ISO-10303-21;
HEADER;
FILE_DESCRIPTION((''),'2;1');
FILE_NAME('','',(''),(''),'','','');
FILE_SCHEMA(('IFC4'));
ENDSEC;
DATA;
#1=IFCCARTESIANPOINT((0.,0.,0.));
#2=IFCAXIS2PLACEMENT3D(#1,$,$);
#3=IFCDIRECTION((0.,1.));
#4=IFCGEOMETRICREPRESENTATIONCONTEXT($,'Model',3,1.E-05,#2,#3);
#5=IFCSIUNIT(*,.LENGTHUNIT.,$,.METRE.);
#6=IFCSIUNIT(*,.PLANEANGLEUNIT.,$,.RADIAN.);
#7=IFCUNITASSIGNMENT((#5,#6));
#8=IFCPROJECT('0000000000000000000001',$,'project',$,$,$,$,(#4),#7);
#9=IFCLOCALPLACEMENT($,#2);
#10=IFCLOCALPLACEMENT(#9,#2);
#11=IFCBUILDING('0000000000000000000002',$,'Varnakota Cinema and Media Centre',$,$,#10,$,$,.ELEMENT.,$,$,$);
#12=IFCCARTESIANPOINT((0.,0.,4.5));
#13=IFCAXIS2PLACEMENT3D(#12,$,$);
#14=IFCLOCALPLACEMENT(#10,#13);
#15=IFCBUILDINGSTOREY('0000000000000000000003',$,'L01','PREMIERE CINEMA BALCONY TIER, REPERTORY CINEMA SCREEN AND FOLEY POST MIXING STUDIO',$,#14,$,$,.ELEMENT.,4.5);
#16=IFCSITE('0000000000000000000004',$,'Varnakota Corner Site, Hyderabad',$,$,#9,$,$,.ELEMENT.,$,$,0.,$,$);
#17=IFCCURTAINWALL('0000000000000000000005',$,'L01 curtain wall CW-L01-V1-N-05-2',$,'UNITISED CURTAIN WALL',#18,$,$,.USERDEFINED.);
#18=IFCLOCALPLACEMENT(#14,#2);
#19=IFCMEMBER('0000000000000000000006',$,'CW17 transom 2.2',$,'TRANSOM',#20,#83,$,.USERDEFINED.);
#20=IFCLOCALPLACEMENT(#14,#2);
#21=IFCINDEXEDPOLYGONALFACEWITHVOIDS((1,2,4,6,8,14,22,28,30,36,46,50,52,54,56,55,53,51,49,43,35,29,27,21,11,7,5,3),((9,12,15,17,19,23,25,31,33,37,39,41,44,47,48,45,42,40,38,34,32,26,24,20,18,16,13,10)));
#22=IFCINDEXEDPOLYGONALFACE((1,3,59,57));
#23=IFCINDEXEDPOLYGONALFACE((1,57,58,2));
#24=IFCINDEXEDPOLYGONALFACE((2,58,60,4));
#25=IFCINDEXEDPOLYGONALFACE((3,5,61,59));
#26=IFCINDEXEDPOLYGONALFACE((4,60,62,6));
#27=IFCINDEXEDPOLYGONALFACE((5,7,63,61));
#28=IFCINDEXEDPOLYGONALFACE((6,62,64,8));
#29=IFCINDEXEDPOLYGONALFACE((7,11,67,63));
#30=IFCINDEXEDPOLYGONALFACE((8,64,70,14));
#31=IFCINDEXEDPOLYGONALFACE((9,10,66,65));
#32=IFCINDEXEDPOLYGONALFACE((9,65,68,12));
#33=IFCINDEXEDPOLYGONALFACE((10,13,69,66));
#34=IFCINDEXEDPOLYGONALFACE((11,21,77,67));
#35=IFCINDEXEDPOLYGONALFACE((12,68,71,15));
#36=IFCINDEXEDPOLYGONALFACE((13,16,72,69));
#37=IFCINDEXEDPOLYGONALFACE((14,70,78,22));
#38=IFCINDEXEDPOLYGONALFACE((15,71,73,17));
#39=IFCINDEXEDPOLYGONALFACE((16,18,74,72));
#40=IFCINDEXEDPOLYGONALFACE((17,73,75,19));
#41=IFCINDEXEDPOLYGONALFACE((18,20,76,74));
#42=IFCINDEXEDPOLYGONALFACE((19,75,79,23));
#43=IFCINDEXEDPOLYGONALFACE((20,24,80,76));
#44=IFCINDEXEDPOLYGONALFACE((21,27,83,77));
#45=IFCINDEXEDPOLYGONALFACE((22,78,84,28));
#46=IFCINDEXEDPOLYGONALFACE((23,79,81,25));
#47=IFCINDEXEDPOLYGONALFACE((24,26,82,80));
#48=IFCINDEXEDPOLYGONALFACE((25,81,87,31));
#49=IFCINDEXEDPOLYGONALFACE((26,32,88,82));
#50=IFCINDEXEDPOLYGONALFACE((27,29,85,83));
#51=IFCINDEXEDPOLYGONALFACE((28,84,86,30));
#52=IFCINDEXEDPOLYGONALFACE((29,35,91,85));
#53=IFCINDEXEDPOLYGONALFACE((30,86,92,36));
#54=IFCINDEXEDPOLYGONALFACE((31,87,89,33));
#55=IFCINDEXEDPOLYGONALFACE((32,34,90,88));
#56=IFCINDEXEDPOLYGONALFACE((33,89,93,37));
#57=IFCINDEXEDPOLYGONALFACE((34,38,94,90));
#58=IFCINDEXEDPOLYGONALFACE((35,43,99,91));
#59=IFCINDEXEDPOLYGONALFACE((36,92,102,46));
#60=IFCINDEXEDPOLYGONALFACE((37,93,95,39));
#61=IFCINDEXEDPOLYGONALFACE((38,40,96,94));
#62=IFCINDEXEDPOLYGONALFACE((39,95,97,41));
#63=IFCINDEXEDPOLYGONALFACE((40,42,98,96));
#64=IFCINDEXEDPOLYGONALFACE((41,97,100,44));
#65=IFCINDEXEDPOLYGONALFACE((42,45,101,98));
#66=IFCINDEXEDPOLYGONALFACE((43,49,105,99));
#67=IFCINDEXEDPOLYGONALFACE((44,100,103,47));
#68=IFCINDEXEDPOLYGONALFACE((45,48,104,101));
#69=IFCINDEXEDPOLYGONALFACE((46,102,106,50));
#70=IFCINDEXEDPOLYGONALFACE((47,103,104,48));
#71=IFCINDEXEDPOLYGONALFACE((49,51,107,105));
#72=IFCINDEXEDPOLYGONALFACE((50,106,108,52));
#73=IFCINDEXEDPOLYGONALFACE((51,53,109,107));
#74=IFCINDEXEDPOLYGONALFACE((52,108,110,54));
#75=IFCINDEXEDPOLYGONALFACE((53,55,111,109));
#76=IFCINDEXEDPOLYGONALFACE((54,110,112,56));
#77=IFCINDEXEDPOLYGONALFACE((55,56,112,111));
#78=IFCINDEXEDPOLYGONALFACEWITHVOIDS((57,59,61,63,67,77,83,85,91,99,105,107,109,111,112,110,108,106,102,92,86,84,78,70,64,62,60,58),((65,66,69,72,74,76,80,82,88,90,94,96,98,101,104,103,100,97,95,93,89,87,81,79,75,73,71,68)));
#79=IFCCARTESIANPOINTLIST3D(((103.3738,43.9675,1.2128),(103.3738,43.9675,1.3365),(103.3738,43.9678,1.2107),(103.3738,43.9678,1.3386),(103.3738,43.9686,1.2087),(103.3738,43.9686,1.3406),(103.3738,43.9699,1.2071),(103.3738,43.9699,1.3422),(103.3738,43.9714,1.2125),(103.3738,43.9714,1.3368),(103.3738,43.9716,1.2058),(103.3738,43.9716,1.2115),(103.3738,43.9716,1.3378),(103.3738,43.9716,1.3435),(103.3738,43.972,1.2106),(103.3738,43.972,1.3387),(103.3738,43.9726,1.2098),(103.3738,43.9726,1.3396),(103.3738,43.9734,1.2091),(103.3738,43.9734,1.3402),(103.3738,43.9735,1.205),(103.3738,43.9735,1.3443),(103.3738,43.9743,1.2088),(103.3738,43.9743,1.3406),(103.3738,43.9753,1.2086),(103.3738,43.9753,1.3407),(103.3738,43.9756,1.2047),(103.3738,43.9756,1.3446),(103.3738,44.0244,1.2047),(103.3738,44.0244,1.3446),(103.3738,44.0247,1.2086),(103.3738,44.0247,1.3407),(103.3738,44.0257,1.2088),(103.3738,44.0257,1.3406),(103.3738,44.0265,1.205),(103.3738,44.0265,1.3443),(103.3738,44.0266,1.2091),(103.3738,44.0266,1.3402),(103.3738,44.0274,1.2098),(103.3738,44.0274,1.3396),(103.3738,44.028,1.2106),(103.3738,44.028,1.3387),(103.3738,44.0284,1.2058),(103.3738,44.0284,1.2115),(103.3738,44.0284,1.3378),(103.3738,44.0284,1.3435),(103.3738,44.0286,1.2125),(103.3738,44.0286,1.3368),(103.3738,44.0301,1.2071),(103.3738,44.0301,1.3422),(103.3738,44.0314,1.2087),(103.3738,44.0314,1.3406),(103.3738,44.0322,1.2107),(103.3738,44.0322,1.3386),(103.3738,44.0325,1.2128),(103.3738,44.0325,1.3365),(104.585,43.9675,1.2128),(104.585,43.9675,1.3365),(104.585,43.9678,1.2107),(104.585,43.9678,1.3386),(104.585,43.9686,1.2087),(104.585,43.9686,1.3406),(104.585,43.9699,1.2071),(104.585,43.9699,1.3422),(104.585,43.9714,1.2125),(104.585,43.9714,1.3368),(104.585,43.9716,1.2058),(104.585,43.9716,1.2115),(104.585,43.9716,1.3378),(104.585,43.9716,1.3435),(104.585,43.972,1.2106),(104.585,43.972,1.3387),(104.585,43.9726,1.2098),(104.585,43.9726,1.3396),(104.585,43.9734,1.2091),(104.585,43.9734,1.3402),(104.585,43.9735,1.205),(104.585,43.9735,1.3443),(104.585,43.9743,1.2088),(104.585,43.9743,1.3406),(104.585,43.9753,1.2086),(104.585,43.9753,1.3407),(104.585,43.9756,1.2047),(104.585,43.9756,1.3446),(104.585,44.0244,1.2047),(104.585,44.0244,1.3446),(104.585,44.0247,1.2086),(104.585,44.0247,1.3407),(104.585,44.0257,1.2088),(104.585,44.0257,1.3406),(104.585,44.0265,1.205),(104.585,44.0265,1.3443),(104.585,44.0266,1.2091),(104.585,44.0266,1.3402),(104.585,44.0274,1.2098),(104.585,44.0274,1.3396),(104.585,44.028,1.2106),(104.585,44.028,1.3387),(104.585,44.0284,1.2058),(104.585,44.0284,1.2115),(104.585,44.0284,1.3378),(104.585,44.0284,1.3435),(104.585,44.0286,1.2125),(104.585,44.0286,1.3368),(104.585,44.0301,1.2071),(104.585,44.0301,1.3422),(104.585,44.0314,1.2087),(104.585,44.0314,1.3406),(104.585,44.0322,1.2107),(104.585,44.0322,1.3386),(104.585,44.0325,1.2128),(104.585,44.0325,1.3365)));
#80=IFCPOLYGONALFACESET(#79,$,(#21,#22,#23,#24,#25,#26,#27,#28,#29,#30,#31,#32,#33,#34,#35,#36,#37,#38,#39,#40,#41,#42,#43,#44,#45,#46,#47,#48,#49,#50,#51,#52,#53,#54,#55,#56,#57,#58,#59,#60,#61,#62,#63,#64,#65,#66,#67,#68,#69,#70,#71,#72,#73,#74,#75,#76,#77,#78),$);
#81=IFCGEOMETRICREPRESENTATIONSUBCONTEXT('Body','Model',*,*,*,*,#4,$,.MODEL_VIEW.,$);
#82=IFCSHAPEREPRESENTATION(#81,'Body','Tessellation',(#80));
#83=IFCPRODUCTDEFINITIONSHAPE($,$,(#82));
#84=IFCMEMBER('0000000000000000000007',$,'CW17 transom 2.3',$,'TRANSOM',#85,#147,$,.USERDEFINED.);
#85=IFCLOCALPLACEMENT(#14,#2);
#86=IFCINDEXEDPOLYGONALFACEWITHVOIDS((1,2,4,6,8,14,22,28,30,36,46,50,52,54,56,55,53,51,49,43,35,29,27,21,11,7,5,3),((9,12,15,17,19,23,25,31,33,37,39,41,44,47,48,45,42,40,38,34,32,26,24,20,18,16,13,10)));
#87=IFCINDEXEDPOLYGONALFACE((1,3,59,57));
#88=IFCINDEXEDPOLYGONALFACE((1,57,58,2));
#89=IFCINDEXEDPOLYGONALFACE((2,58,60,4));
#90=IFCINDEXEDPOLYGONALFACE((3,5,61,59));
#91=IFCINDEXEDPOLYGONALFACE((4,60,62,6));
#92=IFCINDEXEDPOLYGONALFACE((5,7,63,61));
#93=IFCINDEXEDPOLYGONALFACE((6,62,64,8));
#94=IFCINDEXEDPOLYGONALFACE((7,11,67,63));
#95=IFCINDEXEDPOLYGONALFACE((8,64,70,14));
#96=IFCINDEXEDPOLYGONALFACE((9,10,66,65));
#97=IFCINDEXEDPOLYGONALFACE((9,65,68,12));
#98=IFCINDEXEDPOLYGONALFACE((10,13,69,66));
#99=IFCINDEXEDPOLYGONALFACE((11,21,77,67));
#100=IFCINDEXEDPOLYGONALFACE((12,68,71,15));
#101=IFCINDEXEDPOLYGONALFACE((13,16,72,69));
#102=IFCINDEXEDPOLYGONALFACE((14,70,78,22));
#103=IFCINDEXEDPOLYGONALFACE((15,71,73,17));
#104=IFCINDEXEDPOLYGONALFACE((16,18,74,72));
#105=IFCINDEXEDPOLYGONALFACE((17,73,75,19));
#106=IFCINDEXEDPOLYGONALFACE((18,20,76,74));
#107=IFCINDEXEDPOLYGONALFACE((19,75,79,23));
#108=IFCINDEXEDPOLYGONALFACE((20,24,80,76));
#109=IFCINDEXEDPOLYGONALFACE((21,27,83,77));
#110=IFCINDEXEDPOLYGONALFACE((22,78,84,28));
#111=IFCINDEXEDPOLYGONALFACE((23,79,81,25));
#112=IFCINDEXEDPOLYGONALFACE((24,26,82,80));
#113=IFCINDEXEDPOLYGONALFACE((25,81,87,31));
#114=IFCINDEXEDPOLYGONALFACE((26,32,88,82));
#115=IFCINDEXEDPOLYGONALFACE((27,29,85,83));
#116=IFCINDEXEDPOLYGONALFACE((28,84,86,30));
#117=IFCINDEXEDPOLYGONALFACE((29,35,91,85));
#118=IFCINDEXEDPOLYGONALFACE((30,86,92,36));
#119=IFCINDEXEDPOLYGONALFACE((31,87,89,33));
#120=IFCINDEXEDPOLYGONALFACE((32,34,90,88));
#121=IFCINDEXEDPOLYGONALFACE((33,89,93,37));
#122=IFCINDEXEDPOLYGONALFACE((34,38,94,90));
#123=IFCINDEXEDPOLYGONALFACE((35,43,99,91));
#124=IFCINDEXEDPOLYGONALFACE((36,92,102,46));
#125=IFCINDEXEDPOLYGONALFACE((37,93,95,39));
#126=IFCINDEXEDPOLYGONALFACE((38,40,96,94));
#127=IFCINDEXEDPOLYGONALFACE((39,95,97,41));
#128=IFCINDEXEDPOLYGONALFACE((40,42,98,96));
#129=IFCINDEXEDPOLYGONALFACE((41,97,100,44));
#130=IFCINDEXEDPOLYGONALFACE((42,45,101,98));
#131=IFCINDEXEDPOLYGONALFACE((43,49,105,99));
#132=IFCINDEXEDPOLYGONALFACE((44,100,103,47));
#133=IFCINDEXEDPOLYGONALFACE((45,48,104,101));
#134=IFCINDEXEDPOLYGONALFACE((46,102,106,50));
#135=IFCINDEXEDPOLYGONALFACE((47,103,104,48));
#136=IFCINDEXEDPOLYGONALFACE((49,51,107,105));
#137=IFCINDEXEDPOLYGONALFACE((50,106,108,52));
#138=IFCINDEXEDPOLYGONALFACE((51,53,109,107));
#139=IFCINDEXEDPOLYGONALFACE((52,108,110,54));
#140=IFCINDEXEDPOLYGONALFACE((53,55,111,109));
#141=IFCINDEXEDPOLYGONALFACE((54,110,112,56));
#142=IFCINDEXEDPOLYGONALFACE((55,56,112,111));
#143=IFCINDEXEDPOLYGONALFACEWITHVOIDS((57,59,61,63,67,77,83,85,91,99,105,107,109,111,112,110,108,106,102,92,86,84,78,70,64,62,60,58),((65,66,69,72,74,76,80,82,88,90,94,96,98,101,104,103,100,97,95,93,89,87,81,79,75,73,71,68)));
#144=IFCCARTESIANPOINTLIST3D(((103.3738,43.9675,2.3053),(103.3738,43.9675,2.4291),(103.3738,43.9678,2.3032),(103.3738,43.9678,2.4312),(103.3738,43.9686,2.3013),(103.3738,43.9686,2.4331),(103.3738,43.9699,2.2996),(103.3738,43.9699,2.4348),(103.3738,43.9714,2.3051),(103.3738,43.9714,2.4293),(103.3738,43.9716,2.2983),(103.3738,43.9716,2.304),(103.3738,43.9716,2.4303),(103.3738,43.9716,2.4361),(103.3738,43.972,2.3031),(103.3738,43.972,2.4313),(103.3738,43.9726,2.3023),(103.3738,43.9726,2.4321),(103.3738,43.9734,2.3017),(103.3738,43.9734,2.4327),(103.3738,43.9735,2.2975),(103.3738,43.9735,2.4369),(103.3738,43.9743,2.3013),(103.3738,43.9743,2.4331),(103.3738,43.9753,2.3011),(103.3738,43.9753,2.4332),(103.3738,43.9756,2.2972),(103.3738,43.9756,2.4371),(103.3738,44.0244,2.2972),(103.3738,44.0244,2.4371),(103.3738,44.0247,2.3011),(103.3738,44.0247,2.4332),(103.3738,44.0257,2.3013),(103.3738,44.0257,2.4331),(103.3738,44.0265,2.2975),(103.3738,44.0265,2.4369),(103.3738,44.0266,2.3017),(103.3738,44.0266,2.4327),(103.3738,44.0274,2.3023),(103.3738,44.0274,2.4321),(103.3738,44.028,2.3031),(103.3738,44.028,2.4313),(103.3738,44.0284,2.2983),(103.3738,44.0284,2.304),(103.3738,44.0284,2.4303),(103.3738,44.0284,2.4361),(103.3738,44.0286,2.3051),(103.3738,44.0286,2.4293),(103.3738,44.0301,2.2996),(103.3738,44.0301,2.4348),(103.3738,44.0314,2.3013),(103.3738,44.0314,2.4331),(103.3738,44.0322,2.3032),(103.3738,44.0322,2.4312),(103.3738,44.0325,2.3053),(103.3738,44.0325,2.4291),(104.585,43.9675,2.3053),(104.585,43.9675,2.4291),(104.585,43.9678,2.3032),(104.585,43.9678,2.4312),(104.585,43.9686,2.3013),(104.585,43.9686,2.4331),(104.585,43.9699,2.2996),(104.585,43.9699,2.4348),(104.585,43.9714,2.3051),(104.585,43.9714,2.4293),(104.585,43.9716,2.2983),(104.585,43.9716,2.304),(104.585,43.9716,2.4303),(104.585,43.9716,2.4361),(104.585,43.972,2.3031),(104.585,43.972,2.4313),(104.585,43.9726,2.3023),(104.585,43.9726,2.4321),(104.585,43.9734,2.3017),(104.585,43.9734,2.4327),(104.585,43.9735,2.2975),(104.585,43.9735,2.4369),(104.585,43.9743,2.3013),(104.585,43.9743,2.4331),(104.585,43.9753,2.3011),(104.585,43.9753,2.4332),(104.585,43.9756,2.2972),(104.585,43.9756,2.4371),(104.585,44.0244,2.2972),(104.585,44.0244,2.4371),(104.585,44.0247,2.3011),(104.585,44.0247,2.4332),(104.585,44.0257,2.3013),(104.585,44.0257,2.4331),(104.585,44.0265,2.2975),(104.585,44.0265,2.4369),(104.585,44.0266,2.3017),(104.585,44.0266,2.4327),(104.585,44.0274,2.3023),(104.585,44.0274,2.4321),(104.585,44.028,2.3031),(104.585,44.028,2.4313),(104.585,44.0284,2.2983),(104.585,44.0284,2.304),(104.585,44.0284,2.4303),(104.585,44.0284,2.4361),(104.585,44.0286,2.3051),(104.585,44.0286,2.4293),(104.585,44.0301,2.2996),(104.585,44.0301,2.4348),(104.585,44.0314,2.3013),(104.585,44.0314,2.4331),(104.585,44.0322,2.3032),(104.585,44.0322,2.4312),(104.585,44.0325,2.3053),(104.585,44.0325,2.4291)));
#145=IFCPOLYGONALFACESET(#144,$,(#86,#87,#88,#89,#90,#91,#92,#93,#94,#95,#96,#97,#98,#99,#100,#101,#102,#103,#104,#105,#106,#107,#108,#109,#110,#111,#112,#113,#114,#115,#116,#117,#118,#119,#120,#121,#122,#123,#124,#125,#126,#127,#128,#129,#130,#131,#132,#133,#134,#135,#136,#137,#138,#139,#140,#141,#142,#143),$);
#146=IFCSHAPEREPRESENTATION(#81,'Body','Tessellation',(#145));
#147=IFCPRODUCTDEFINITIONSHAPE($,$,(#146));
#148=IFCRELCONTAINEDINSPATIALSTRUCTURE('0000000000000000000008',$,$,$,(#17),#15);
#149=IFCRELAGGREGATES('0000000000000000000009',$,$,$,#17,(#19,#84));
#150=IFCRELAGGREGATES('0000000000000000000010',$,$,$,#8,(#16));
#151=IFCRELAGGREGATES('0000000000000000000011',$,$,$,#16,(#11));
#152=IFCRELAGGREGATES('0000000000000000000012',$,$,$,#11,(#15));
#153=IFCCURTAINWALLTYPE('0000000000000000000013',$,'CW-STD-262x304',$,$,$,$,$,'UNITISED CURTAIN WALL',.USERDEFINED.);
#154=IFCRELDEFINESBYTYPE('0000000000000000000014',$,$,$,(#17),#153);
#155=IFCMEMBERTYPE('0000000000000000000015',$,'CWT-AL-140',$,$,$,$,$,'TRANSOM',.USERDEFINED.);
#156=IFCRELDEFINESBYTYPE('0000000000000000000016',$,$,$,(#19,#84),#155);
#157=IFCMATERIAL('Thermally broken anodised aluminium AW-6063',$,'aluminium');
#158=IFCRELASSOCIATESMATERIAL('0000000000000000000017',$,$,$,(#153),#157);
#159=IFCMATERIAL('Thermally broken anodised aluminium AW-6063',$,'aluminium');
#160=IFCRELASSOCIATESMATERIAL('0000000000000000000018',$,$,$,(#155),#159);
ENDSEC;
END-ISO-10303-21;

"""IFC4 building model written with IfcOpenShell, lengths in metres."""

from ifc_helpers import new_model, si_unit, direction, frame, origin, origin_2d, place, context, subcontext, project, spatial, hollow_rectangle, extrude, material, material_profile, profile_set, type_object, element, aggregate, save


model = new_model("IFC4")

# Units and contexts
model_context = context("Model", 3, precision=1e-05, world=origin(), true_north=direction((0.0, 1.0)))
body_context = subcontext(model_context, "Body", "Model", "MODEL_VIEW")
ifc_project = project(units=[si_unit("LENGTHUNIT", "METRE"), si_unit("PLANEANGLEUNIT", "RADIAN")], contexts=[model_context])

# Site, building, storey
site_placement = place(None, origin())
site = spatial("IfcSite", under=ifc_project, at=site_placement, Name="Varnakota Corner Site, Hyderabad", CompositionType="ELEMENT", RefElevation=0.0)
building_placement = place(site_placement, origin())
building = spatial("IfcBuilding", under=site, at=building_placement, Name="Varnakota Cinema and Media Centre", CompositionType="ELEMENT")
storey_placement = place(building_placement, frame((0.0, 0.0, 4.5)))
storey = spatial("IfcBuildingStorey", under=building, at=storey_placement, Name="L01", Description="PREMIERE CINEMA BALCONY TIER, REPERTORY CINEMA SCREEN AND FOLEY POST MIXING STUDIO", CompositionType="ELEMENT", Elevation=4.5)

# Curtain wall
ifc_material_1 = material(Name="Thermally broken anodised aluminium AW-6063", Category="aluminium")
curtain_wall_type = type_object("IfcCurtainWallType", Name="CW-STD-262x304", ElementType="UNITISED CURTAIN WALL", PredefinedType="USERDEFINED", material=ifc_material_1)
curtain_wall_1_placement = place(storey_placement, origin())
curtain_wall_1 = element("IfcCurtainWall", 1, at=curtain_wall_1_placement, inside=storey, type_object=curtain_wall_type, Name="L01 curtain wall CW-L01-V1-N-05-2", ObjectType="UNITISED CURTAIN WALL", PredefinedType="USERDEFINED")

# Members
ifc_material_2 = material(Name="Thermally broken anodised aluminium AW-6063", Category="aluminium")
ifc_material_profile_1 = material_profile(ifc_material_2, hollow_rectangle(XDim=0.0649, YDim=0.1399, WallThickness=0.0039, InnerFilletRadius=0.0039, OuterFilletRadius=0.0081, at=origin_2d()), Name="AL-TRANSOM 140x65x4")
ifc_profile_set_1 = profile_set([ifc_material_profile_1], Name="Thermally broken anodised aluminium AW-6063")
member_type_1 = type_object("IfcMemberType", Name="CWT-AL-140", ElementType="TRANSOM", PredefinedType="USERDEFINED", material=ifc_profile_set_1)
member_1_placement = place(storey_placement, frame((103.3738, 44.0, 1.2747), z_axis=(1.0, 0.0, 0.0), x_axis=(0.0, 1.0, 0.0)))
member_1 = element("IfcMember", 2, at=member_1_placement, type_object=member_type_1, Name="CW17 transom 2.2", ObjectType="TRANSOM", PredefinedType="USERDEFINED", context=body_context, shape_type="SweptSolid", body=[
    extrude(hollow_rectangle(XDim=0.0649, YDim=0.1399, WallThickness=0.0039, InnerFilletRadius=0.0039, OuterFilletRadius=0.0081, at=origin_2d()), origin(), (0.0, 0.0, 1.0), 1.2112),
])
member_2_placement = place(storey_placement, frame((103.3738, 44.0, 2.3672), z_axis=(1.0, 0.0, 0.0), x_axis=(0.0, 1.0, 0.0)))
member_2 = element("IfcMember", 3, at=member_2_placement, type_object=member_type_1, Name="CW17 transom 2.3", ObjectType="TRANSOM", PredefinedType="USERDEFINED", context=body_context, shape_type="SweptSolid", body=[
    extrude(hollow_rectangle(XDim=0.0649, YDim=0.1399, WallThickness=0.0039, InnerFilletRadius=0.0039, OuterFilletRadius=0.0081, at=origin_2d()), origin(), (0.0, 0.0, 1.0), 1.2112),
])

aggregate(curtain_wall_1, [member_1, member_2])

save(model, "model.ifc")
